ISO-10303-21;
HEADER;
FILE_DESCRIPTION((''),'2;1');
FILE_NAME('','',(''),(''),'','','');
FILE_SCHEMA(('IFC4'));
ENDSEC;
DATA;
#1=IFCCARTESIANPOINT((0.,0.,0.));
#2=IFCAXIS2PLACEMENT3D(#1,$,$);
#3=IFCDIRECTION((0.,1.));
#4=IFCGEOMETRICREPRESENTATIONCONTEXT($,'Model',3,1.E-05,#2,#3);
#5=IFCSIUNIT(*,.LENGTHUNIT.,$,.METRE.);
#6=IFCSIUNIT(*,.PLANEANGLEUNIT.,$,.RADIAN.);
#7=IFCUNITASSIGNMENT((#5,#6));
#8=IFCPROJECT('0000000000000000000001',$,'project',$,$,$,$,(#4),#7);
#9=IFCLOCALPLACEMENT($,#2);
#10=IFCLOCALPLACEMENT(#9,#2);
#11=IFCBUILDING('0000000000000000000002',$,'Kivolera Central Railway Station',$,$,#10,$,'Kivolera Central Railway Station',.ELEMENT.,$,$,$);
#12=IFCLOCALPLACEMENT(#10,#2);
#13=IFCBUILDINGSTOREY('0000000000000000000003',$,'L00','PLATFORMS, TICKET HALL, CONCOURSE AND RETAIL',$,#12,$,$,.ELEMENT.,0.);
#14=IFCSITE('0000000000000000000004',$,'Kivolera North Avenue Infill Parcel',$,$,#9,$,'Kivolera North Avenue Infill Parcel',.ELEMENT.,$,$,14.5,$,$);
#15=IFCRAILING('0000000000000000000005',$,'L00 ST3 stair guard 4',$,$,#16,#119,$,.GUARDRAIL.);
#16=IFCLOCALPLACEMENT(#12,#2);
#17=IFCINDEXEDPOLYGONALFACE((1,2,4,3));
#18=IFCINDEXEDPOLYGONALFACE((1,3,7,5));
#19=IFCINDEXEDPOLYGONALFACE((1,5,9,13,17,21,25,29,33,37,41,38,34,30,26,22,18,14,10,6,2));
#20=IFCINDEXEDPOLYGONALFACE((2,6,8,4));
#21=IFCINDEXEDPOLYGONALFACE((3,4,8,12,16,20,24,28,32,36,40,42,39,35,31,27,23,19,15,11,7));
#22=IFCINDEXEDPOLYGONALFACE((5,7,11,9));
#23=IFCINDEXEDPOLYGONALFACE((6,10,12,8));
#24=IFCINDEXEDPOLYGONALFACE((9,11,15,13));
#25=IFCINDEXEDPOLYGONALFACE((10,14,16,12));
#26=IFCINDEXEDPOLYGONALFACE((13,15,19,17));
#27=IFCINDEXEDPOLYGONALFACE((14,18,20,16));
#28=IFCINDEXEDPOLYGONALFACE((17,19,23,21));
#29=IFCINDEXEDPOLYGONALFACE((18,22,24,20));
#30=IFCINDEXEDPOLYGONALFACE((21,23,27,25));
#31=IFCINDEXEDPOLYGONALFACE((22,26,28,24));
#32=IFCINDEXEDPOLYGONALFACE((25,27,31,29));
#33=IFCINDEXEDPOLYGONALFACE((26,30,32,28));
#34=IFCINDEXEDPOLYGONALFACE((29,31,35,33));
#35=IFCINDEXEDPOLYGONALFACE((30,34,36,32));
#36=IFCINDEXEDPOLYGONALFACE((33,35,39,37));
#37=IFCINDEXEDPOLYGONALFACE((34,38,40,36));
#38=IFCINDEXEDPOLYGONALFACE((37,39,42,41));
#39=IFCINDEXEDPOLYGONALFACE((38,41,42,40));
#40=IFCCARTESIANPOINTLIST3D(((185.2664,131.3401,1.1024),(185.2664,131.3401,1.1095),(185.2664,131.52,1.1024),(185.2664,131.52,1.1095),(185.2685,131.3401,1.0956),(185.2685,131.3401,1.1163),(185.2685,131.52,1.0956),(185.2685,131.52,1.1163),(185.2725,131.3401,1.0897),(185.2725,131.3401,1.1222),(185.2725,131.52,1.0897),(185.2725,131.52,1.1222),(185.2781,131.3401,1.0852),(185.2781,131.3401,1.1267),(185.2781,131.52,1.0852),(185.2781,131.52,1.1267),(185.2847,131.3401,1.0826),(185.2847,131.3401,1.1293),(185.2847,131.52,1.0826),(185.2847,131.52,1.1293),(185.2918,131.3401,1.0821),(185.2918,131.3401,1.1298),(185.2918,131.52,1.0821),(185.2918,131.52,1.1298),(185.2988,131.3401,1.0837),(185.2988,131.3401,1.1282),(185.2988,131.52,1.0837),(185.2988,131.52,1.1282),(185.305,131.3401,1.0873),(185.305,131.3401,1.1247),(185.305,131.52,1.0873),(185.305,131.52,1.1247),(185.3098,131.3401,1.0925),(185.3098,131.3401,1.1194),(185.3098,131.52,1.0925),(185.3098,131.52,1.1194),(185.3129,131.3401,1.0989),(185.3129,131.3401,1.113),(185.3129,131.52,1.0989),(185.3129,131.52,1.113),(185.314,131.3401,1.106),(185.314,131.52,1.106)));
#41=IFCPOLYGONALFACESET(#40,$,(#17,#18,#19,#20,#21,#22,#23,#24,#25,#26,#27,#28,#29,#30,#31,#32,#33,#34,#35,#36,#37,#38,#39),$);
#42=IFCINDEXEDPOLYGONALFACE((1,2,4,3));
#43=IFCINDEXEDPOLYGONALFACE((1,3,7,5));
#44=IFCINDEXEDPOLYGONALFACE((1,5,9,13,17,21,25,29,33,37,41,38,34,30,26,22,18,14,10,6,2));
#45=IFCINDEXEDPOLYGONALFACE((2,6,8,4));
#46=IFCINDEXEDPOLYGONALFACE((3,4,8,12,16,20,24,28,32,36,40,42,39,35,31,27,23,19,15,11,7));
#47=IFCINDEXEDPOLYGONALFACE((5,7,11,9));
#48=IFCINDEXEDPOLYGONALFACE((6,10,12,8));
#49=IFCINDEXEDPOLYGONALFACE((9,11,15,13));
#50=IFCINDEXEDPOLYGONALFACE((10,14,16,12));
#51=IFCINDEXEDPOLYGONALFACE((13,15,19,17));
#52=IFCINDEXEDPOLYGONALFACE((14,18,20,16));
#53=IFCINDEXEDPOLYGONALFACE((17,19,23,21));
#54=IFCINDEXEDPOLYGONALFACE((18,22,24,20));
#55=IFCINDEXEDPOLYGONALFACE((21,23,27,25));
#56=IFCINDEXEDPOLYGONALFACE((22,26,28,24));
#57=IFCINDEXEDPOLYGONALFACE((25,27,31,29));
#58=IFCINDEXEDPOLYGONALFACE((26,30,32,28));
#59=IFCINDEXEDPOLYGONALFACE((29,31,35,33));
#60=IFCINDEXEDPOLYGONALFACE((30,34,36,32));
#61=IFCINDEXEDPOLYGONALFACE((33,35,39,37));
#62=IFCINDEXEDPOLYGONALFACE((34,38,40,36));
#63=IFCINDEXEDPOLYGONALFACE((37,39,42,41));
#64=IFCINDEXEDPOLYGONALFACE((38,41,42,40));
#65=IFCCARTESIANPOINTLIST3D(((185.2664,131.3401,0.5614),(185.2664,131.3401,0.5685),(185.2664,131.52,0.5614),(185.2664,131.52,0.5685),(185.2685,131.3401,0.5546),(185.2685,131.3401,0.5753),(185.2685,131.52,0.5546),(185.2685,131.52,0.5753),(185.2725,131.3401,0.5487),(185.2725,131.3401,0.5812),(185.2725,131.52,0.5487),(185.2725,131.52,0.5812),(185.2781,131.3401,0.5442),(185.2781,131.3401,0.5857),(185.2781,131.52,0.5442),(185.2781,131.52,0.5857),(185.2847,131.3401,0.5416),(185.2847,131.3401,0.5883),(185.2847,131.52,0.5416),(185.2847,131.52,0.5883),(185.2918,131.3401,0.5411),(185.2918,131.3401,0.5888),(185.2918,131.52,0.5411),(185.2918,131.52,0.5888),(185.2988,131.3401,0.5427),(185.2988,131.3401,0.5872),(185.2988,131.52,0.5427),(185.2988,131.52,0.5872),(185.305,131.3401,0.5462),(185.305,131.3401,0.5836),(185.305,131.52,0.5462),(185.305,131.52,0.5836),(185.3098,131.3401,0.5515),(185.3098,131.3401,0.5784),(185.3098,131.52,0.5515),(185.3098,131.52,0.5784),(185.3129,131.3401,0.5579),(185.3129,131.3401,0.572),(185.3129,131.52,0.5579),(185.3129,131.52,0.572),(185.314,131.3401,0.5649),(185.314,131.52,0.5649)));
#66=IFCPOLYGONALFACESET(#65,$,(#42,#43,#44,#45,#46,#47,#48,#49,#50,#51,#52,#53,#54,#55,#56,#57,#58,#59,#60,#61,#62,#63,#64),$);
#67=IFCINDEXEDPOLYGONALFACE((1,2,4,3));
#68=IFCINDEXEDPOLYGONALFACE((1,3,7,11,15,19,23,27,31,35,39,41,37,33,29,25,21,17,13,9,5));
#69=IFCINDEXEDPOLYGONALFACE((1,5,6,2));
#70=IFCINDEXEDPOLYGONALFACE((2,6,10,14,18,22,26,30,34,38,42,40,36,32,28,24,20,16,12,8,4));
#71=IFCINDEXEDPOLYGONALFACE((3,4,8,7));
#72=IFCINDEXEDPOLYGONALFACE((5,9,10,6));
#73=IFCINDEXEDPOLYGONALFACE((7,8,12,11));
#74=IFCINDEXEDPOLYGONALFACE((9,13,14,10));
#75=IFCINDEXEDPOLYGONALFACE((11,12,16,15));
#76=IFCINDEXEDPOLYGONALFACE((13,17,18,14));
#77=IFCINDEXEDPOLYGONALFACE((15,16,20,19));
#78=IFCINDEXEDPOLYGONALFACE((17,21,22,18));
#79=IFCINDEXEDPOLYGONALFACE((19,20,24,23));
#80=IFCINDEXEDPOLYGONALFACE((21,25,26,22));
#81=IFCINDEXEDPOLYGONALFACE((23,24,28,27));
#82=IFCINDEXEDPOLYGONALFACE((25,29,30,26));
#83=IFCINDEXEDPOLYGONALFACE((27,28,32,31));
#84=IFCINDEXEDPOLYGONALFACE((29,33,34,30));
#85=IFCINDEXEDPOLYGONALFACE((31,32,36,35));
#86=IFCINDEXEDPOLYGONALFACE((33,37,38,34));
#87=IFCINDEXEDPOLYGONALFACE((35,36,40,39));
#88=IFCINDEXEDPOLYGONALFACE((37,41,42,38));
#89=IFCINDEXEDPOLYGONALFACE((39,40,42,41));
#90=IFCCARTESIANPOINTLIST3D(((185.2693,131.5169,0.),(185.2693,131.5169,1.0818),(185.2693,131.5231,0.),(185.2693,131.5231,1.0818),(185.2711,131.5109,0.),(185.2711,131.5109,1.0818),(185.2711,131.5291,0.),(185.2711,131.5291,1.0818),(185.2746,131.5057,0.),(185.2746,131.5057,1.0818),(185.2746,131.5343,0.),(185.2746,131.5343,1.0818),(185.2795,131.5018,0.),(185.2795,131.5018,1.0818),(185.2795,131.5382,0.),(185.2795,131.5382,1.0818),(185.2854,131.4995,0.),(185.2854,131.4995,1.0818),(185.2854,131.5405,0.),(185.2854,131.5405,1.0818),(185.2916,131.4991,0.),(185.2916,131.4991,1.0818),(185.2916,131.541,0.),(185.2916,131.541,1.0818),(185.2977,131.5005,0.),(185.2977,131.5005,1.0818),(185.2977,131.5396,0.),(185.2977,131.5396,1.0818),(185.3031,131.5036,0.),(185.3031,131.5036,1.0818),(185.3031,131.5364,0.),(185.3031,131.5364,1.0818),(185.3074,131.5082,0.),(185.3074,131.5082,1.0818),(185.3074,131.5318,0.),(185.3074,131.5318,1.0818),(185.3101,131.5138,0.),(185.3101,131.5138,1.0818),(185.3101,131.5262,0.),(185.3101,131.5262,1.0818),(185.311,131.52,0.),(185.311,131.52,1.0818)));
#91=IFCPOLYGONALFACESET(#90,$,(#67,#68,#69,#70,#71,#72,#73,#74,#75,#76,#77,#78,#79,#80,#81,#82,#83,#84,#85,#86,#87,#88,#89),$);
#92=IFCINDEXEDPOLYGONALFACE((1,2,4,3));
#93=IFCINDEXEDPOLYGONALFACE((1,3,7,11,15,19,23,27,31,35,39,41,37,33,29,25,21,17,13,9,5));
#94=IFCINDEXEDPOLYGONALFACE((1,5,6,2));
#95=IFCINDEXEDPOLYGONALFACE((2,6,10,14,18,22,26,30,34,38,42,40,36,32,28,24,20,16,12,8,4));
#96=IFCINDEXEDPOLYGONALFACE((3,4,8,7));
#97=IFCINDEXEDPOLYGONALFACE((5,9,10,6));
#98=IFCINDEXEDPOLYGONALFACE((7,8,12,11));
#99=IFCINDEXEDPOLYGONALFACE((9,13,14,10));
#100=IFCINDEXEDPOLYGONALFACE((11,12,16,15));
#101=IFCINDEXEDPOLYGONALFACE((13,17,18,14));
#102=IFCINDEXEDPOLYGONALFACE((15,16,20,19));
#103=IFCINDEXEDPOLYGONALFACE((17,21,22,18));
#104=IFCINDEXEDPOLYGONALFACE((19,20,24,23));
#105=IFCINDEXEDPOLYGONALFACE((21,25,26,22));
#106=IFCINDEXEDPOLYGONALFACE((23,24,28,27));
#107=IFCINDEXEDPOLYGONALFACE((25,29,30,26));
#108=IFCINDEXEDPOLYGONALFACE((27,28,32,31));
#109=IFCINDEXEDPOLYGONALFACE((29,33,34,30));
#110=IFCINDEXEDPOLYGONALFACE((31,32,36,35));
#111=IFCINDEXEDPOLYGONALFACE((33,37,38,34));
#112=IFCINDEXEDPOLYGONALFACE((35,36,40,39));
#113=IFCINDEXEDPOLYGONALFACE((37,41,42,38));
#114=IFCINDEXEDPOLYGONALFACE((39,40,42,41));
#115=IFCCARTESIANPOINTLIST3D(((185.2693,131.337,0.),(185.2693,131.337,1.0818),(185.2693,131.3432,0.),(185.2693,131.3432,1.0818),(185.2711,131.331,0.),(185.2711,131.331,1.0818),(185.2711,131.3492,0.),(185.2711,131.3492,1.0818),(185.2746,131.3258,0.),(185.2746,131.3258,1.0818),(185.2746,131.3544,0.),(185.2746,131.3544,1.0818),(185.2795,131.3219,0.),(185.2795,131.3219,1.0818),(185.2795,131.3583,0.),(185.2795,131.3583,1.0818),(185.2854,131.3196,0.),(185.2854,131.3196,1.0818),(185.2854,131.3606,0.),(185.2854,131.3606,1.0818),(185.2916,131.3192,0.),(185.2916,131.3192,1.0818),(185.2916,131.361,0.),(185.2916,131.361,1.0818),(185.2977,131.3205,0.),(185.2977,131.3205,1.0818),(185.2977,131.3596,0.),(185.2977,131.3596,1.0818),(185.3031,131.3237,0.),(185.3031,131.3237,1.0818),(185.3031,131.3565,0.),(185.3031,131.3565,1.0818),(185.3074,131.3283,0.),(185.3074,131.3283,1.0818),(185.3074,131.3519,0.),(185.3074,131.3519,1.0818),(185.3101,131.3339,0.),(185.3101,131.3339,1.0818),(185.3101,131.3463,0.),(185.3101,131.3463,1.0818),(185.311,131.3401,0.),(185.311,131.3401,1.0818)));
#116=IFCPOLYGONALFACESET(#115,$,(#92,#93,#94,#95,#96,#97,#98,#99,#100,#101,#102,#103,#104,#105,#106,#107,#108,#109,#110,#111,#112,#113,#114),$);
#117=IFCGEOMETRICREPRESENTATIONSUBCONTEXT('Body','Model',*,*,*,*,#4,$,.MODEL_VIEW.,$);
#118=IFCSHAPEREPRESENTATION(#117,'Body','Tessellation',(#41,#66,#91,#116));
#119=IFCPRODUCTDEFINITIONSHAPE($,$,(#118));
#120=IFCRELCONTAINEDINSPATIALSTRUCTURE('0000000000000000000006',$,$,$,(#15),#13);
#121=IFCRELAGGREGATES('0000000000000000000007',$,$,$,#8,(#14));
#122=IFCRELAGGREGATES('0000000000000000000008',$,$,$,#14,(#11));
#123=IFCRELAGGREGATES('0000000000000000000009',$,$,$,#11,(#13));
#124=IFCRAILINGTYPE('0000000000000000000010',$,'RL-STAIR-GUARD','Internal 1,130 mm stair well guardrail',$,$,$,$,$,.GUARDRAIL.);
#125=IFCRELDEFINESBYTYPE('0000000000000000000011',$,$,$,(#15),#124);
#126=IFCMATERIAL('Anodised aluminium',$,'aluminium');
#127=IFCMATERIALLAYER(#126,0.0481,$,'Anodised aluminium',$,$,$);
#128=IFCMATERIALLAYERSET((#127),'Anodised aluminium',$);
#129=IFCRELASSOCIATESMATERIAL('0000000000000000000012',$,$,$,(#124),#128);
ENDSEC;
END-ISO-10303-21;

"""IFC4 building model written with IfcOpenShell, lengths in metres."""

from ifc_helpers import new_model, si_unit, direction, frame, origin, origin_2d, place, context, subcontext, project, spatial, circle, extrude, material, layer, layer_set, type_object, element, save


model = new_model("IFC4")

# Units and contexts
model_context = context("Model", 3, precision=1e-05, world=origin(), true_north=direction((0.0, 1.0)))
body_context = subcontext(model_context, "Body", "Model", "MODEL_VIEW")
ifc_project = project(units=[si_unit("LENGTHUNIT", "METRE"), si_unit("PLANEANGLEUNIT", "RADIAN")], contexts=[model_context])

# Site, building, storey
site_placement = place(None, origin())
site = spatial("IfcSite", under=ifc_project, at=site_placement, Name="Kivolera North Avenue Infill Parcel", LongName="Kivolera North Avenue Infill Parcel", CompositionType="ELEMENT", RefElevation=14.5)
building_placement = place(site_placement, origin())
building = spatial("IfcBuilding", under=site, at=building_placement, Name="Kivolera Central Railway Station", LongName="Kivolera Central Railway Station", CompositionType="ELEMENT")
storey_placement = place(building_placement, origin())
storey = spatial("IfcBuildingStorey", under=building, at=storey_placement, Name="L00", Description="PLATFORMS, TICKET HALL, CONCOURSE AND RETAIL", CompositionType="ELEMENT", Elevation=0.0)

# Shared definitions
ifc_material_1 = material(Name="Anodised aluminium", Category="aluminium")

# Railing
ifc_layer_1 = layer(ifc_material_1, 0.0481, Name="Anodised aluminium")
ifc_layer_set_1 = layer_set([ifc_layer_1], Name="Anodised aluminium")
railing_type_1 = type_object("IfcRailingType", Name="RL-STAIR-GUARD", Description="Internal 1,130 mm stair well guardrail", PredefinedType="GUARDRAIL", material=ifc_layer_set_1)
railing_1_placement = place(storey_placement, frame((185.29, 131.52, 0.0)))
element("IfcRailing", 1, at=railing_1_placement, inside=storey, type_object=railing_type_1, Name="L00 ST3 stair guard 4", PredefinedType="GUARDRAIL", context=body_context, shape_type="SweptSolid", body=[
    extrude(circle(Radius=0.0239, at=origin_2d()), frame((0.0, 0.0, 1.106), z_axis=(0.0, -1.0, 0.0), x_axis=(1.0, 0.0, 0.0)), (0.0, 0.0, 1.0), 0.1799),
    extrude(circle(Radius=0.0239, at=origin_2d()), frame((0.0, 0.0, 0.5649), z_axis=(0.0, -1.0, 0.0), x_axis=(1.0, 0.0, 0.0)), (0.0, 0.0, 1.0), 0.1799),
    extrude(circle(Radius=0.021, at=origin_2d()), origin(), (0.0, 0.0, 1.0), 1.0818),
    extrude(circle(Radius=0.021, at=origin_2d()), frame((0.0, -0.1799, 0.0)), (0.0, 0.0, 1.0), 1.0818),
])

save(model, "model.ifc")
